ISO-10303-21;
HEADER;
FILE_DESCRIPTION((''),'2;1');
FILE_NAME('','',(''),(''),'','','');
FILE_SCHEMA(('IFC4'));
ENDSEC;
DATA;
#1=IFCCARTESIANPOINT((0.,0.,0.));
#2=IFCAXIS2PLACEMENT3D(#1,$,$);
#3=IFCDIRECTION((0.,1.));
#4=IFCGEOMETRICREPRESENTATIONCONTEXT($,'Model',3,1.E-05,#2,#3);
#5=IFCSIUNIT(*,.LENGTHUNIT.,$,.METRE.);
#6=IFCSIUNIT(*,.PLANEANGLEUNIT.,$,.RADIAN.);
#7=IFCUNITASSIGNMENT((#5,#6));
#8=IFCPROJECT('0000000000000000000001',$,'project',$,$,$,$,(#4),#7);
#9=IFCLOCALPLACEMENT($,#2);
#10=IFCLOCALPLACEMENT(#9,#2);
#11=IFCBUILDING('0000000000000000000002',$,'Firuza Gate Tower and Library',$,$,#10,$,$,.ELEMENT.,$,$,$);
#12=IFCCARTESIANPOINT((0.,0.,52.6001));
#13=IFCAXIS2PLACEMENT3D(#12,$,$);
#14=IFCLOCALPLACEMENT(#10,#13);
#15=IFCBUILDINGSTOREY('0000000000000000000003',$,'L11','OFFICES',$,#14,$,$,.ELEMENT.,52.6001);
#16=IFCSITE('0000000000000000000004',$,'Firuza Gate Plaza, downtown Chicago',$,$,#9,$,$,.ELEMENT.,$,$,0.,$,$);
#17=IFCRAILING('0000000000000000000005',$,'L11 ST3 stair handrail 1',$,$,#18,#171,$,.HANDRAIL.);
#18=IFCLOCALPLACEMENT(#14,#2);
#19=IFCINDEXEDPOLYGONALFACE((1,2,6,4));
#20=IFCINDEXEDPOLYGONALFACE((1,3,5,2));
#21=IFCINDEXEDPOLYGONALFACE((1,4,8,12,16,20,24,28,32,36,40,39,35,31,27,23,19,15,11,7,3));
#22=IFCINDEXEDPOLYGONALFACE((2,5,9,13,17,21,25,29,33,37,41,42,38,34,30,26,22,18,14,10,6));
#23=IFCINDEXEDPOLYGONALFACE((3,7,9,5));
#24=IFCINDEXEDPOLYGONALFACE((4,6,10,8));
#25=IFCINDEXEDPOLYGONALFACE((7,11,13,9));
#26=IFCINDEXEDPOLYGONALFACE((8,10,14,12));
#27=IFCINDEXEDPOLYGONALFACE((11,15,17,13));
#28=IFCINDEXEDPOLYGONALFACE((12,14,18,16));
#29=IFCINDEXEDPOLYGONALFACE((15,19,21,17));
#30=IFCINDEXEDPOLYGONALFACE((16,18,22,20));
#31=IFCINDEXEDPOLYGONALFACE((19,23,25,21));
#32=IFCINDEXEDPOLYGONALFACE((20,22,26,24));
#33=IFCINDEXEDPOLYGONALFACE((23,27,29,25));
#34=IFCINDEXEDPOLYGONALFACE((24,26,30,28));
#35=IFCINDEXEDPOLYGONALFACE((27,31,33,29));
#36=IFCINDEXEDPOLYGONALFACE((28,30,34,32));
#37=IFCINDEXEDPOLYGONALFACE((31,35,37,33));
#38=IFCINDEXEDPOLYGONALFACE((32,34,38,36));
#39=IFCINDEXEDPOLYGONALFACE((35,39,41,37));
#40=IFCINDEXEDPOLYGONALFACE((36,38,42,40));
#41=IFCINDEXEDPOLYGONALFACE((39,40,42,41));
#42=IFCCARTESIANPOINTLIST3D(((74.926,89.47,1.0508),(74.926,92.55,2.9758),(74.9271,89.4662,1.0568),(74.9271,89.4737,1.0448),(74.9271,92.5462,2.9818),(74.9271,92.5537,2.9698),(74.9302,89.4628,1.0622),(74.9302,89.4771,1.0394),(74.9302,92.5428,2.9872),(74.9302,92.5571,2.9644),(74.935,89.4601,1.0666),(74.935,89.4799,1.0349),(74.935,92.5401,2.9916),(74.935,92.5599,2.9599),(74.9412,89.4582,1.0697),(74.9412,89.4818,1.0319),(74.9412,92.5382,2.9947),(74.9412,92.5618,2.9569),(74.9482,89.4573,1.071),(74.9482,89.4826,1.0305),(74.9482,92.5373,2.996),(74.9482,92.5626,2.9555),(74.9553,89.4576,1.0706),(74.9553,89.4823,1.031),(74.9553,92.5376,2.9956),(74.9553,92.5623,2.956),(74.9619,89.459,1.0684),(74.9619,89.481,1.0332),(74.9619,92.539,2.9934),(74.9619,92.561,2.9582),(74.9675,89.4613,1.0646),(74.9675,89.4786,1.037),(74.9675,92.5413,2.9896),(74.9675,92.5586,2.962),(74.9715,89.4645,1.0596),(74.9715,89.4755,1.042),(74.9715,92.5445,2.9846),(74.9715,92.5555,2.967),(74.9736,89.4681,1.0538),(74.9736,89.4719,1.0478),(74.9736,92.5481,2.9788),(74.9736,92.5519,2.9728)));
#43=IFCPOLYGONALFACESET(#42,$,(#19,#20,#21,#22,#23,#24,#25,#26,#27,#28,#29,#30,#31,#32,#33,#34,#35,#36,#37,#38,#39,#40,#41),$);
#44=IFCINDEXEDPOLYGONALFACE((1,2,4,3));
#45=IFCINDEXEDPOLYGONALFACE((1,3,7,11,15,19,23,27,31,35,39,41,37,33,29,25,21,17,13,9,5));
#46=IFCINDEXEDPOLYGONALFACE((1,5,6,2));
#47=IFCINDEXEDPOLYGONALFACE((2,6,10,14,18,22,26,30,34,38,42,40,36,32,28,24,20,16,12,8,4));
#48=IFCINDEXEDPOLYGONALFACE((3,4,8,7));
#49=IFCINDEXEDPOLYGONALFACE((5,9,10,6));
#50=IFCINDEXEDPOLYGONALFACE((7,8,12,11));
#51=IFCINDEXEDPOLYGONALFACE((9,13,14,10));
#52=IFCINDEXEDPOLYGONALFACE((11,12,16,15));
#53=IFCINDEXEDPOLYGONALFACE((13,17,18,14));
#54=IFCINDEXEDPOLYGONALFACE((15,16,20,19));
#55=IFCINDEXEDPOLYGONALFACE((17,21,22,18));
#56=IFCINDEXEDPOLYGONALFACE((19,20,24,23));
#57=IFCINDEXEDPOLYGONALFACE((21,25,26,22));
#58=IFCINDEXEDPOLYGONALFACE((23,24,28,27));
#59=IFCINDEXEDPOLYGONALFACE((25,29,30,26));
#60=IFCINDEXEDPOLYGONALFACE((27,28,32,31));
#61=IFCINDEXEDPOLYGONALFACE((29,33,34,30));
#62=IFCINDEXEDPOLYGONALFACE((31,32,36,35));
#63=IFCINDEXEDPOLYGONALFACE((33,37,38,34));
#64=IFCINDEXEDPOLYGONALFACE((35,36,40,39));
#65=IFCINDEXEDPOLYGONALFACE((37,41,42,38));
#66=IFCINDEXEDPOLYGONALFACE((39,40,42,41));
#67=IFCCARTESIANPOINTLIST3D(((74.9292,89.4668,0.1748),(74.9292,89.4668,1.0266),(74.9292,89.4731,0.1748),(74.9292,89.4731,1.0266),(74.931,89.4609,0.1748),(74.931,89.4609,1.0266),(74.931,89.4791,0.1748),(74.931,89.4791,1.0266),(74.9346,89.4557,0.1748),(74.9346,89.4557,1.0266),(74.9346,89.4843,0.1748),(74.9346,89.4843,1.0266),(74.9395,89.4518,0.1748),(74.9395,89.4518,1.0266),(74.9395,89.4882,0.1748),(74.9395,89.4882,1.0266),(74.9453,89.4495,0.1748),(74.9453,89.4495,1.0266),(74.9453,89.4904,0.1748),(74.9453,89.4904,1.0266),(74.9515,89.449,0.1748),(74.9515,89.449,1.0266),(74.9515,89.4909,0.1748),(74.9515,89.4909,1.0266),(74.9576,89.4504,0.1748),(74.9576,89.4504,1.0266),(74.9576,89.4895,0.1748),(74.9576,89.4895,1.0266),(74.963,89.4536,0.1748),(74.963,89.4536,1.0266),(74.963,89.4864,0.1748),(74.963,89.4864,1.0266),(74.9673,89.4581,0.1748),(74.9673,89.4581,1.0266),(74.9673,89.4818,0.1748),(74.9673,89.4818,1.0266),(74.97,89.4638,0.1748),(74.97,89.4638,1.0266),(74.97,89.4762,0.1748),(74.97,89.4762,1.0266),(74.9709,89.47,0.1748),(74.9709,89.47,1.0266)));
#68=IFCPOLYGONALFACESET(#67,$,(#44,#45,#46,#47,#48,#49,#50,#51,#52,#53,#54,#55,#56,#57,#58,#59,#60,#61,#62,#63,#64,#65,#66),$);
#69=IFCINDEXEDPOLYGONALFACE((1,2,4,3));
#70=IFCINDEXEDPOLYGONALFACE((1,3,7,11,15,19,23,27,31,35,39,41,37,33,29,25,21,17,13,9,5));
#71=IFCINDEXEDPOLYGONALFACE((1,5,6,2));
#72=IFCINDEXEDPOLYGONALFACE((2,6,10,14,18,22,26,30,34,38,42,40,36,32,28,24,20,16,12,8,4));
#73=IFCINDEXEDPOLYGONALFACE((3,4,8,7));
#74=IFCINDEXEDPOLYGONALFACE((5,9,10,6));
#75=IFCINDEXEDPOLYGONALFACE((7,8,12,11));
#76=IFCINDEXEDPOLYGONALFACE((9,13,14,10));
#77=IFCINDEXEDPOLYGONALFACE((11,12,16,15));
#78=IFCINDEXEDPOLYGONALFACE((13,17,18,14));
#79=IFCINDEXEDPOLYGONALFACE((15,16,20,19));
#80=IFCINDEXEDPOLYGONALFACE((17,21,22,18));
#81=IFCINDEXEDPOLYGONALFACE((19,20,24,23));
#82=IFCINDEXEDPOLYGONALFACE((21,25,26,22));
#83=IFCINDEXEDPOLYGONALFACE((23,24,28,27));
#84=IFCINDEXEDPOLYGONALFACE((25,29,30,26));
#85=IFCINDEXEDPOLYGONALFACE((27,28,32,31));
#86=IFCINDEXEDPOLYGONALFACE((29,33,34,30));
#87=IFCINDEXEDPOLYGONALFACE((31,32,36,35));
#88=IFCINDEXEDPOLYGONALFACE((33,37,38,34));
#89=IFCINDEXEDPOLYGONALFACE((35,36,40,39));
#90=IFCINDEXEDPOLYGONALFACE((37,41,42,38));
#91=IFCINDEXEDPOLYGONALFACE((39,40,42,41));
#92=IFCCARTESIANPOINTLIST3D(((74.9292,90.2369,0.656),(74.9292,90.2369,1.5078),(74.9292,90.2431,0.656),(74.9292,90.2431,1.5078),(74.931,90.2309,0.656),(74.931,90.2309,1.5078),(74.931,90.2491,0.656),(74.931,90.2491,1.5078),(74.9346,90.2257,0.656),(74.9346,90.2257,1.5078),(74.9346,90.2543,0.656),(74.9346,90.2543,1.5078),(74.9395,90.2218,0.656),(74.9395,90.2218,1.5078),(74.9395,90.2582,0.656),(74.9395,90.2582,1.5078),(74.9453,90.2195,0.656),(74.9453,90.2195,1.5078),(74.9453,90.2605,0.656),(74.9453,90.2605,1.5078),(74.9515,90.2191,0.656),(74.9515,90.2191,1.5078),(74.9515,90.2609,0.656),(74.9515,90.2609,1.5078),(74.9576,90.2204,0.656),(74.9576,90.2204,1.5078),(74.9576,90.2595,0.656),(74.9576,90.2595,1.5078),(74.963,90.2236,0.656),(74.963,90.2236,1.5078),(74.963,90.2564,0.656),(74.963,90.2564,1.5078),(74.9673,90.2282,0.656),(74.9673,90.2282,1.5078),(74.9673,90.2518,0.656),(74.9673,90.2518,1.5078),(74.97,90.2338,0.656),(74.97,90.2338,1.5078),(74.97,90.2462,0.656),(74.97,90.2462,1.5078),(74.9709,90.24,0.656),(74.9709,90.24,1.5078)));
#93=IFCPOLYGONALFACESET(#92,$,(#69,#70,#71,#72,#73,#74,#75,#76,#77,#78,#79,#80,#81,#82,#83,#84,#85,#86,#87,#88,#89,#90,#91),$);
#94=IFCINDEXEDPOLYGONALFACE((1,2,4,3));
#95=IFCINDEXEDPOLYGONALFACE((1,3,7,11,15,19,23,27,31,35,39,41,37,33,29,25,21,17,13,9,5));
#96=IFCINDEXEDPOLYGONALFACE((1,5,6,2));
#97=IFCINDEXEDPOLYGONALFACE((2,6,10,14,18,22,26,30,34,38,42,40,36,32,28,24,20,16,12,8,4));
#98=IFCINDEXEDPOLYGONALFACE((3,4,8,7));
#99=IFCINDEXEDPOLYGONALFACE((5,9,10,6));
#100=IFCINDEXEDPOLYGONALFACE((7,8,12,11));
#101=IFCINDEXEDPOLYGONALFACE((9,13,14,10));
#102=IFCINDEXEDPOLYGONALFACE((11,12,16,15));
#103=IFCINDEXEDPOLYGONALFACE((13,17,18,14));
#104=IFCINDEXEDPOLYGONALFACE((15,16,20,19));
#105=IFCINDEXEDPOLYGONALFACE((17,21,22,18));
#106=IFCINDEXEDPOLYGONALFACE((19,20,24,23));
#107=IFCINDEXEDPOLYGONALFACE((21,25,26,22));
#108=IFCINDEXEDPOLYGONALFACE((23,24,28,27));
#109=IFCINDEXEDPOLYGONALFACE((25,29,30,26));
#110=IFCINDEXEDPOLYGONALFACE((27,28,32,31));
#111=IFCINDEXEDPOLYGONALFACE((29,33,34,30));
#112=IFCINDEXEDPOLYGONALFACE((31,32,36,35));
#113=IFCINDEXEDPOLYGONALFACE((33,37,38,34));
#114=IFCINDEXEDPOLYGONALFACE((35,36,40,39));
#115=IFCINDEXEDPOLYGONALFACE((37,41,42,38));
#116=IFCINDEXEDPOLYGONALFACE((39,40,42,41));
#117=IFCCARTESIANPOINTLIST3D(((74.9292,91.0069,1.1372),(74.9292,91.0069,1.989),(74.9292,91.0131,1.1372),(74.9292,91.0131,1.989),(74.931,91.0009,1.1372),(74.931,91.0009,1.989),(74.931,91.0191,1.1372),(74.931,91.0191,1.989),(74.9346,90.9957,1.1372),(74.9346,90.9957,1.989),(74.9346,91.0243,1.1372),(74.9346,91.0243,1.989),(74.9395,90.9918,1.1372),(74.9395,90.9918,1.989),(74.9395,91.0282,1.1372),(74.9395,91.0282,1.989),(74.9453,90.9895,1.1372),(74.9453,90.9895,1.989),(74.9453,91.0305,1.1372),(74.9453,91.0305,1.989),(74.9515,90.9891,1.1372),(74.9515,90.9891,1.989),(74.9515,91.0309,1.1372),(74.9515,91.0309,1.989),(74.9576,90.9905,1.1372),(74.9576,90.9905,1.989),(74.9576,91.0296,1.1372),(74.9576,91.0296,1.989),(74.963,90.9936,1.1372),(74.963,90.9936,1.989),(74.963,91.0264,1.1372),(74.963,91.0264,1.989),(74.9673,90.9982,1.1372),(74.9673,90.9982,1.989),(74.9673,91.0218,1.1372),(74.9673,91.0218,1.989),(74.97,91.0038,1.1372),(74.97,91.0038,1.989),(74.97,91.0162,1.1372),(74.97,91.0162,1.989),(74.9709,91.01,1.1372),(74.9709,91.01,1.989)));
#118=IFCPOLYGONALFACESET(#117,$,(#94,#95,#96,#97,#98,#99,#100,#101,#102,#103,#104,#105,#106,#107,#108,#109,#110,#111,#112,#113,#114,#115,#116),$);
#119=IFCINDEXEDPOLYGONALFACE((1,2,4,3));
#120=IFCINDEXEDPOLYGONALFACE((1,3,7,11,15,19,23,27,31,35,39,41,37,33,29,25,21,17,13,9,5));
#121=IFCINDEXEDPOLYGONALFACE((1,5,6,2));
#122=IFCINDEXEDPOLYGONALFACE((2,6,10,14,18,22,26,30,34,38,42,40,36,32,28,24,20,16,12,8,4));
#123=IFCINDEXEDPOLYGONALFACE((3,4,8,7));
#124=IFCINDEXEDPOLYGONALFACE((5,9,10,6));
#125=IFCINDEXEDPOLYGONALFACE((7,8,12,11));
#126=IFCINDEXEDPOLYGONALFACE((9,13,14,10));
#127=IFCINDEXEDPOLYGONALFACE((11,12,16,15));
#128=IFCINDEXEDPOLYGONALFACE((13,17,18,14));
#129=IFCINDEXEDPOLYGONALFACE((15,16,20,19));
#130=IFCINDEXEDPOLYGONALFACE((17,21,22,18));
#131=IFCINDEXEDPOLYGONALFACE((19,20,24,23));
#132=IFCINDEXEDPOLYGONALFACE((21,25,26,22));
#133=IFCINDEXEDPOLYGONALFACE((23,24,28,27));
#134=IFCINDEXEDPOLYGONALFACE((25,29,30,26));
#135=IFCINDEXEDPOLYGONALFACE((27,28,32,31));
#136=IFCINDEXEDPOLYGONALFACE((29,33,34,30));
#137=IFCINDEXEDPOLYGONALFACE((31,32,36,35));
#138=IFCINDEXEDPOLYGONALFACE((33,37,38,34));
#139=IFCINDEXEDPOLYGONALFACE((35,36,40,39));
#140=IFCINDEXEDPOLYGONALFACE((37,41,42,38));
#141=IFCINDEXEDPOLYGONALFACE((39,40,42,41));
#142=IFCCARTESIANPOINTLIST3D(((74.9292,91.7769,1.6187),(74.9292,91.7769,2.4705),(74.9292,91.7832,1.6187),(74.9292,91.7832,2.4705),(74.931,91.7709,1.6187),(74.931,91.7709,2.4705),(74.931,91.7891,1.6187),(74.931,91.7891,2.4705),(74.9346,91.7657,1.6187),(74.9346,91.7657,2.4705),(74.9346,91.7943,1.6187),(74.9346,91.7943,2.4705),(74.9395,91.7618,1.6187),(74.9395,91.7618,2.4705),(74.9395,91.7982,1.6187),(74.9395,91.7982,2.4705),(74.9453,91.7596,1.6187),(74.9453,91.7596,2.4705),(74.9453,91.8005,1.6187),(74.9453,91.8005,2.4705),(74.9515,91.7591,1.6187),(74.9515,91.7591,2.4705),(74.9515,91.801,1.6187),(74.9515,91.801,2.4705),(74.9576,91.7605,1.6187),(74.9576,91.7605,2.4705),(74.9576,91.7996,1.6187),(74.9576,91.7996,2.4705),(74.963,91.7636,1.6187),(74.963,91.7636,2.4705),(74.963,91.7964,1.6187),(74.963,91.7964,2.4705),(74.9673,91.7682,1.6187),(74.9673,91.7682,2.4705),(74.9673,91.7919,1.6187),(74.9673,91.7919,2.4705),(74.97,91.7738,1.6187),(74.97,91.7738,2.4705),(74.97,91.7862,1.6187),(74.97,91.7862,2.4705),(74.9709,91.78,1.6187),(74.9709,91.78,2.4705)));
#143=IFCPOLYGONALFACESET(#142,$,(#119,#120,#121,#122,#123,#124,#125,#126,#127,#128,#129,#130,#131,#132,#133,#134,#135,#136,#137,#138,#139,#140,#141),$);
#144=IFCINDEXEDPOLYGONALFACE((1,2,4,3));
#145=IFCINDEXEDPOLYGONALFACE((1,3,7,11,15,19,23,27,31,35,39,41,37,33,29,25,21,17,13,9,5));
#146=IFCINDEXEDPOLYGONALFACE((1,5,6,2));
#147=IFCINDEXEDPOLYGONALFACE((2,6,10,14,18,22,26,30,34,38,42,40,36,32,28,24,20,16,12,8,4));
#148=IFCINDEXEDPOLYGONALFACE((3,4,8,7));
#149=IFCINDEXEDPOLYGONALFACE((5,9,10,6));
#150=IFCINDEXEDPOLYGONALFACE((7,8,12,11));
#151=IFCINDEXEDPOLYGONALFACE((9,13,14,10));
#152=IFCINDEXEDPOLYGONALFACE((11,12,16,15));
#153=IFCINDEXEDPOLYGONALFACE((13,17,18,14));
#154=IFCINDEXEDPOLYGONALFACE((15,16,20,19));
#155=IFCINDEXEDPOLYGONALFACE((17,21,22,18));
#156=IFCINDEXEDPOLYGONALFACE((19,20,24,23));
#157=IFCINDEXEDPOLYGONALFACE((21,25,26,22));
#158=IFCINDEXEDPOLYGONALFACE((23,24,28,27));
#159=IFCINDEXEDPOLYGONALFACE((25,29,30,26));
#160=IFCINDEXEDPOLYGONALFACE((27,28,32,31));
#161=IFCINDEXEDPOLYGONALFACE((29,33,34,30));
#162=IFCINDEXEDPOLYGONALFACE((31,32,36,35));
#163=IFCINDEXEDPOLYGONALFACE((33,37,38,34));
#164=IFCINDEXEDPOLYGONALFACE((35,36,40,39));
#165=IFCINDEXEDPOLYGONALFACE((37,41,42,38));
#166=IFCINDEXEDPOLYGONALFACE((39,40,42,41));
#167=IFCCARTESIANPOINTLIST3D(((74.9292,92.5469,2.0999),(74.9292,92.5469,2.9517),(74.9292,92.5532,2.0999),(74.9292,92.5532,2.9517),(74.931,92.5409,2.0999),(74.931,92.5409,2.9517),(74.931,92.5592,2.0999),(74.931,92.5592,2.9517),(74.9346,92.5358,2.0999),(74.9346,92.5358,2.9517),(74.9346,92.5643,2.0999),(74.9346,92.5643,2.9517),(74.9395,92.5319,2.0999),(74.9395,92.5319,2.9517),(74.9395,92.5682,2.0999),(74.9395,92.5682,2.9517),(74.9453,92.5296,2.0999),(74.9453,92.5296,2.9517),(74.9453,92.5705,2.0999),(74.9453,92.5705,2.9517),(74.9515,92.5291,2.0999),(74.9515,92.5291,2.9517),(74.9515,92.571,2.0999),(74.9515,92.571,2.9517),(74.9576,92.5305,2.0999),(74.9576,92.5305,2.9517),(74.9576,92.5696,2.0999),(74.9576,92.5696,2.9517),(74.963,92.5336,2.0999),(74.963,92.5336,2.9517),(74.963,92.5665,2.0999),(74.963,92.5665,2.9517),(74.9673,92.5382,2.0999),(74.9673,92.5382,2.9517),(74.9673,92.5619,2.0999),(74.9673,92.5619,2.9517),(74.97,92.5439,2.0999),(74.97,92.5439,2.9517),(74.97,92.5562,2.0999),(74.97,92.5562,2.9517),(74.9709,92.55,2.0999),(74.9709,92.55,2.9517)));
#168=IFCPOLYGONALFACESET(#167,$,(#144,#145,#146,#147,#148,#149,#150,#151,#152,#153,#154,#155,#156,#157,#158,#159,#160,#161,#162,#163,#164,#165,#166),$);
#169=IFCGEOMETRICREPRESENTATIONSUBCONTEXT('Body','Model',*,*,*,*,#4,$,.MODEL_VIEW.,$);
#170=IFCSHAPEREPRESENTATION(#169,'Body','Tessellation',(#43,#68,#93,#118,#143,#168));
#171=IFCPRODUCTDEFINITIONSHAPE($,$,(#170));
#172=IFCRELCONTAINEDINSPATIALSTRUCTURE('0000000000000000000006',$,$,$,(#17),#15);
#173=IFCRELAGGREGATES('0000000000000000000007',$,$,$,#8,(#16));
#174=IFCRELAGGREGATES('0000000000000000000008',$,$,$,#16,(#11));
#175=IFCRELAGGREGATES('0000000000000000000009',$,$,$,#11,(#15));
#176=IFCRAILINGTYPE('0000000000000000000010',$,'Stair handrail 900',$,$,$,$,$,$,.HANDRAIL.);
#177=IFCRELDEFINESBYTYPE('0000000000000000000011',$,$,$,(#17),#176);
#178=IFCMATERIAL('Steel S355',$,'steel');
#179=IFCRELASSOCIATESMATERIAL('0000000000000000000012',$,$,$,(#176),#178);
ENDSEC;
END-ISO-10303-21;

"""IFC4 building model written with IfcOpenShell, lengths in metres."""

from ifc_helpers import new_model, si_unit, direction, frame, origin, origin_2d, place, context, subcontext, project, spatial, circle, extrude, material, type_object, element, save


model = new_model("IFC4")

# Units and contexts
model_context = context("Model", 3, precision=1e-05, world=origin(), true_north=direction((0.0, 1.0)))
body_context = subcontext(model_context, "Body", "Model", "MODEL_VIEW")
ifc_project = project(units=[si_unit("LENGTHUNIT", "METRE"), si_unit("PLANEANGLEUNIT", "RADIAN")], contexts=[model_context])

# Site, building, storey
site_placement = place(None, origin())
site = spatial("IfcSite", under=ifc_project, at=site_placement, Name="Firuza Gate Plaza, downtown Chicago", CompositionType="ELEMENT", RefElevation=0.0)
building_placement = place(site_placement, origin())
building = spatial("IfcBuilding", under=site, at=building_placement, Name="Firuza Gate Tower and Library", CompositionType="ELEMENT")
storey_placement = place(building_placement, frame((0.0, 0.0, 52.6001)))
storey = spatial("IfcBuildingStorey", under=building, at=storey_placement, Name="L11", Description="OFFICES", CompositionType="ELEMENT", Elevation=52.6001)

# Railing
ifc_material_1 = material(Name="Steel S355", Category="steel")
railing_type_1 = type_object("IfcRailingType", Name="Stair handrail 900", PredefinedType="HANDRAIL", material=ifc_material_1)
railing_1_placement = place(storey_placement, frame((74.95, 89.47, 0.1748)))
element("IfcRailing", 1, at=railing_1_placement, inside=storey, type_object=railing_type_1, Name="L11 ST3 stair handrail 1", PredefinedType="HANDRAIL", context=body_context, shape_type="SweptSolid", body=[
    extrude(circle(Radius=0.0239, at=origin_2d()), frame((0.0, 0.0, 0.876), z_axis=(0.0, 0.847998, 0.529999), x_axis=(-1.0, 0.0, 0.0)), (0.0, 0.0, 1.0), 3.6321),
    extrude(circle(Radius=0.021, at=origin_2d()), origin(), (0.0, 0.0, 1.0), 0.8518),
    extrude(circle(Radius=0.021, at=origin_2d()), frame((0.0, 0.77, 0.4812)), (0.0, 0.0, 1.0), 0.8518),
    extrude(circle(Radius=0.021, at=origin_2d()), frame((0.0, 1.54, 0.9624)), (0.0, 0.0, 1.0), 0.8518),
    extrude(circle(Radius=0.021, at=origin_2d()), frame((0.0, 2.3101, 1.4438)), (0.0, 0.0, 1.0), 0.8518),
    extrude(circle(Radius=0.021, at=origin_2d()), frame((0.0, 3.0801, 1.925)), (0.0, 0.0, 1.0), 0.8518),
])

save(model, "model.ifc")
